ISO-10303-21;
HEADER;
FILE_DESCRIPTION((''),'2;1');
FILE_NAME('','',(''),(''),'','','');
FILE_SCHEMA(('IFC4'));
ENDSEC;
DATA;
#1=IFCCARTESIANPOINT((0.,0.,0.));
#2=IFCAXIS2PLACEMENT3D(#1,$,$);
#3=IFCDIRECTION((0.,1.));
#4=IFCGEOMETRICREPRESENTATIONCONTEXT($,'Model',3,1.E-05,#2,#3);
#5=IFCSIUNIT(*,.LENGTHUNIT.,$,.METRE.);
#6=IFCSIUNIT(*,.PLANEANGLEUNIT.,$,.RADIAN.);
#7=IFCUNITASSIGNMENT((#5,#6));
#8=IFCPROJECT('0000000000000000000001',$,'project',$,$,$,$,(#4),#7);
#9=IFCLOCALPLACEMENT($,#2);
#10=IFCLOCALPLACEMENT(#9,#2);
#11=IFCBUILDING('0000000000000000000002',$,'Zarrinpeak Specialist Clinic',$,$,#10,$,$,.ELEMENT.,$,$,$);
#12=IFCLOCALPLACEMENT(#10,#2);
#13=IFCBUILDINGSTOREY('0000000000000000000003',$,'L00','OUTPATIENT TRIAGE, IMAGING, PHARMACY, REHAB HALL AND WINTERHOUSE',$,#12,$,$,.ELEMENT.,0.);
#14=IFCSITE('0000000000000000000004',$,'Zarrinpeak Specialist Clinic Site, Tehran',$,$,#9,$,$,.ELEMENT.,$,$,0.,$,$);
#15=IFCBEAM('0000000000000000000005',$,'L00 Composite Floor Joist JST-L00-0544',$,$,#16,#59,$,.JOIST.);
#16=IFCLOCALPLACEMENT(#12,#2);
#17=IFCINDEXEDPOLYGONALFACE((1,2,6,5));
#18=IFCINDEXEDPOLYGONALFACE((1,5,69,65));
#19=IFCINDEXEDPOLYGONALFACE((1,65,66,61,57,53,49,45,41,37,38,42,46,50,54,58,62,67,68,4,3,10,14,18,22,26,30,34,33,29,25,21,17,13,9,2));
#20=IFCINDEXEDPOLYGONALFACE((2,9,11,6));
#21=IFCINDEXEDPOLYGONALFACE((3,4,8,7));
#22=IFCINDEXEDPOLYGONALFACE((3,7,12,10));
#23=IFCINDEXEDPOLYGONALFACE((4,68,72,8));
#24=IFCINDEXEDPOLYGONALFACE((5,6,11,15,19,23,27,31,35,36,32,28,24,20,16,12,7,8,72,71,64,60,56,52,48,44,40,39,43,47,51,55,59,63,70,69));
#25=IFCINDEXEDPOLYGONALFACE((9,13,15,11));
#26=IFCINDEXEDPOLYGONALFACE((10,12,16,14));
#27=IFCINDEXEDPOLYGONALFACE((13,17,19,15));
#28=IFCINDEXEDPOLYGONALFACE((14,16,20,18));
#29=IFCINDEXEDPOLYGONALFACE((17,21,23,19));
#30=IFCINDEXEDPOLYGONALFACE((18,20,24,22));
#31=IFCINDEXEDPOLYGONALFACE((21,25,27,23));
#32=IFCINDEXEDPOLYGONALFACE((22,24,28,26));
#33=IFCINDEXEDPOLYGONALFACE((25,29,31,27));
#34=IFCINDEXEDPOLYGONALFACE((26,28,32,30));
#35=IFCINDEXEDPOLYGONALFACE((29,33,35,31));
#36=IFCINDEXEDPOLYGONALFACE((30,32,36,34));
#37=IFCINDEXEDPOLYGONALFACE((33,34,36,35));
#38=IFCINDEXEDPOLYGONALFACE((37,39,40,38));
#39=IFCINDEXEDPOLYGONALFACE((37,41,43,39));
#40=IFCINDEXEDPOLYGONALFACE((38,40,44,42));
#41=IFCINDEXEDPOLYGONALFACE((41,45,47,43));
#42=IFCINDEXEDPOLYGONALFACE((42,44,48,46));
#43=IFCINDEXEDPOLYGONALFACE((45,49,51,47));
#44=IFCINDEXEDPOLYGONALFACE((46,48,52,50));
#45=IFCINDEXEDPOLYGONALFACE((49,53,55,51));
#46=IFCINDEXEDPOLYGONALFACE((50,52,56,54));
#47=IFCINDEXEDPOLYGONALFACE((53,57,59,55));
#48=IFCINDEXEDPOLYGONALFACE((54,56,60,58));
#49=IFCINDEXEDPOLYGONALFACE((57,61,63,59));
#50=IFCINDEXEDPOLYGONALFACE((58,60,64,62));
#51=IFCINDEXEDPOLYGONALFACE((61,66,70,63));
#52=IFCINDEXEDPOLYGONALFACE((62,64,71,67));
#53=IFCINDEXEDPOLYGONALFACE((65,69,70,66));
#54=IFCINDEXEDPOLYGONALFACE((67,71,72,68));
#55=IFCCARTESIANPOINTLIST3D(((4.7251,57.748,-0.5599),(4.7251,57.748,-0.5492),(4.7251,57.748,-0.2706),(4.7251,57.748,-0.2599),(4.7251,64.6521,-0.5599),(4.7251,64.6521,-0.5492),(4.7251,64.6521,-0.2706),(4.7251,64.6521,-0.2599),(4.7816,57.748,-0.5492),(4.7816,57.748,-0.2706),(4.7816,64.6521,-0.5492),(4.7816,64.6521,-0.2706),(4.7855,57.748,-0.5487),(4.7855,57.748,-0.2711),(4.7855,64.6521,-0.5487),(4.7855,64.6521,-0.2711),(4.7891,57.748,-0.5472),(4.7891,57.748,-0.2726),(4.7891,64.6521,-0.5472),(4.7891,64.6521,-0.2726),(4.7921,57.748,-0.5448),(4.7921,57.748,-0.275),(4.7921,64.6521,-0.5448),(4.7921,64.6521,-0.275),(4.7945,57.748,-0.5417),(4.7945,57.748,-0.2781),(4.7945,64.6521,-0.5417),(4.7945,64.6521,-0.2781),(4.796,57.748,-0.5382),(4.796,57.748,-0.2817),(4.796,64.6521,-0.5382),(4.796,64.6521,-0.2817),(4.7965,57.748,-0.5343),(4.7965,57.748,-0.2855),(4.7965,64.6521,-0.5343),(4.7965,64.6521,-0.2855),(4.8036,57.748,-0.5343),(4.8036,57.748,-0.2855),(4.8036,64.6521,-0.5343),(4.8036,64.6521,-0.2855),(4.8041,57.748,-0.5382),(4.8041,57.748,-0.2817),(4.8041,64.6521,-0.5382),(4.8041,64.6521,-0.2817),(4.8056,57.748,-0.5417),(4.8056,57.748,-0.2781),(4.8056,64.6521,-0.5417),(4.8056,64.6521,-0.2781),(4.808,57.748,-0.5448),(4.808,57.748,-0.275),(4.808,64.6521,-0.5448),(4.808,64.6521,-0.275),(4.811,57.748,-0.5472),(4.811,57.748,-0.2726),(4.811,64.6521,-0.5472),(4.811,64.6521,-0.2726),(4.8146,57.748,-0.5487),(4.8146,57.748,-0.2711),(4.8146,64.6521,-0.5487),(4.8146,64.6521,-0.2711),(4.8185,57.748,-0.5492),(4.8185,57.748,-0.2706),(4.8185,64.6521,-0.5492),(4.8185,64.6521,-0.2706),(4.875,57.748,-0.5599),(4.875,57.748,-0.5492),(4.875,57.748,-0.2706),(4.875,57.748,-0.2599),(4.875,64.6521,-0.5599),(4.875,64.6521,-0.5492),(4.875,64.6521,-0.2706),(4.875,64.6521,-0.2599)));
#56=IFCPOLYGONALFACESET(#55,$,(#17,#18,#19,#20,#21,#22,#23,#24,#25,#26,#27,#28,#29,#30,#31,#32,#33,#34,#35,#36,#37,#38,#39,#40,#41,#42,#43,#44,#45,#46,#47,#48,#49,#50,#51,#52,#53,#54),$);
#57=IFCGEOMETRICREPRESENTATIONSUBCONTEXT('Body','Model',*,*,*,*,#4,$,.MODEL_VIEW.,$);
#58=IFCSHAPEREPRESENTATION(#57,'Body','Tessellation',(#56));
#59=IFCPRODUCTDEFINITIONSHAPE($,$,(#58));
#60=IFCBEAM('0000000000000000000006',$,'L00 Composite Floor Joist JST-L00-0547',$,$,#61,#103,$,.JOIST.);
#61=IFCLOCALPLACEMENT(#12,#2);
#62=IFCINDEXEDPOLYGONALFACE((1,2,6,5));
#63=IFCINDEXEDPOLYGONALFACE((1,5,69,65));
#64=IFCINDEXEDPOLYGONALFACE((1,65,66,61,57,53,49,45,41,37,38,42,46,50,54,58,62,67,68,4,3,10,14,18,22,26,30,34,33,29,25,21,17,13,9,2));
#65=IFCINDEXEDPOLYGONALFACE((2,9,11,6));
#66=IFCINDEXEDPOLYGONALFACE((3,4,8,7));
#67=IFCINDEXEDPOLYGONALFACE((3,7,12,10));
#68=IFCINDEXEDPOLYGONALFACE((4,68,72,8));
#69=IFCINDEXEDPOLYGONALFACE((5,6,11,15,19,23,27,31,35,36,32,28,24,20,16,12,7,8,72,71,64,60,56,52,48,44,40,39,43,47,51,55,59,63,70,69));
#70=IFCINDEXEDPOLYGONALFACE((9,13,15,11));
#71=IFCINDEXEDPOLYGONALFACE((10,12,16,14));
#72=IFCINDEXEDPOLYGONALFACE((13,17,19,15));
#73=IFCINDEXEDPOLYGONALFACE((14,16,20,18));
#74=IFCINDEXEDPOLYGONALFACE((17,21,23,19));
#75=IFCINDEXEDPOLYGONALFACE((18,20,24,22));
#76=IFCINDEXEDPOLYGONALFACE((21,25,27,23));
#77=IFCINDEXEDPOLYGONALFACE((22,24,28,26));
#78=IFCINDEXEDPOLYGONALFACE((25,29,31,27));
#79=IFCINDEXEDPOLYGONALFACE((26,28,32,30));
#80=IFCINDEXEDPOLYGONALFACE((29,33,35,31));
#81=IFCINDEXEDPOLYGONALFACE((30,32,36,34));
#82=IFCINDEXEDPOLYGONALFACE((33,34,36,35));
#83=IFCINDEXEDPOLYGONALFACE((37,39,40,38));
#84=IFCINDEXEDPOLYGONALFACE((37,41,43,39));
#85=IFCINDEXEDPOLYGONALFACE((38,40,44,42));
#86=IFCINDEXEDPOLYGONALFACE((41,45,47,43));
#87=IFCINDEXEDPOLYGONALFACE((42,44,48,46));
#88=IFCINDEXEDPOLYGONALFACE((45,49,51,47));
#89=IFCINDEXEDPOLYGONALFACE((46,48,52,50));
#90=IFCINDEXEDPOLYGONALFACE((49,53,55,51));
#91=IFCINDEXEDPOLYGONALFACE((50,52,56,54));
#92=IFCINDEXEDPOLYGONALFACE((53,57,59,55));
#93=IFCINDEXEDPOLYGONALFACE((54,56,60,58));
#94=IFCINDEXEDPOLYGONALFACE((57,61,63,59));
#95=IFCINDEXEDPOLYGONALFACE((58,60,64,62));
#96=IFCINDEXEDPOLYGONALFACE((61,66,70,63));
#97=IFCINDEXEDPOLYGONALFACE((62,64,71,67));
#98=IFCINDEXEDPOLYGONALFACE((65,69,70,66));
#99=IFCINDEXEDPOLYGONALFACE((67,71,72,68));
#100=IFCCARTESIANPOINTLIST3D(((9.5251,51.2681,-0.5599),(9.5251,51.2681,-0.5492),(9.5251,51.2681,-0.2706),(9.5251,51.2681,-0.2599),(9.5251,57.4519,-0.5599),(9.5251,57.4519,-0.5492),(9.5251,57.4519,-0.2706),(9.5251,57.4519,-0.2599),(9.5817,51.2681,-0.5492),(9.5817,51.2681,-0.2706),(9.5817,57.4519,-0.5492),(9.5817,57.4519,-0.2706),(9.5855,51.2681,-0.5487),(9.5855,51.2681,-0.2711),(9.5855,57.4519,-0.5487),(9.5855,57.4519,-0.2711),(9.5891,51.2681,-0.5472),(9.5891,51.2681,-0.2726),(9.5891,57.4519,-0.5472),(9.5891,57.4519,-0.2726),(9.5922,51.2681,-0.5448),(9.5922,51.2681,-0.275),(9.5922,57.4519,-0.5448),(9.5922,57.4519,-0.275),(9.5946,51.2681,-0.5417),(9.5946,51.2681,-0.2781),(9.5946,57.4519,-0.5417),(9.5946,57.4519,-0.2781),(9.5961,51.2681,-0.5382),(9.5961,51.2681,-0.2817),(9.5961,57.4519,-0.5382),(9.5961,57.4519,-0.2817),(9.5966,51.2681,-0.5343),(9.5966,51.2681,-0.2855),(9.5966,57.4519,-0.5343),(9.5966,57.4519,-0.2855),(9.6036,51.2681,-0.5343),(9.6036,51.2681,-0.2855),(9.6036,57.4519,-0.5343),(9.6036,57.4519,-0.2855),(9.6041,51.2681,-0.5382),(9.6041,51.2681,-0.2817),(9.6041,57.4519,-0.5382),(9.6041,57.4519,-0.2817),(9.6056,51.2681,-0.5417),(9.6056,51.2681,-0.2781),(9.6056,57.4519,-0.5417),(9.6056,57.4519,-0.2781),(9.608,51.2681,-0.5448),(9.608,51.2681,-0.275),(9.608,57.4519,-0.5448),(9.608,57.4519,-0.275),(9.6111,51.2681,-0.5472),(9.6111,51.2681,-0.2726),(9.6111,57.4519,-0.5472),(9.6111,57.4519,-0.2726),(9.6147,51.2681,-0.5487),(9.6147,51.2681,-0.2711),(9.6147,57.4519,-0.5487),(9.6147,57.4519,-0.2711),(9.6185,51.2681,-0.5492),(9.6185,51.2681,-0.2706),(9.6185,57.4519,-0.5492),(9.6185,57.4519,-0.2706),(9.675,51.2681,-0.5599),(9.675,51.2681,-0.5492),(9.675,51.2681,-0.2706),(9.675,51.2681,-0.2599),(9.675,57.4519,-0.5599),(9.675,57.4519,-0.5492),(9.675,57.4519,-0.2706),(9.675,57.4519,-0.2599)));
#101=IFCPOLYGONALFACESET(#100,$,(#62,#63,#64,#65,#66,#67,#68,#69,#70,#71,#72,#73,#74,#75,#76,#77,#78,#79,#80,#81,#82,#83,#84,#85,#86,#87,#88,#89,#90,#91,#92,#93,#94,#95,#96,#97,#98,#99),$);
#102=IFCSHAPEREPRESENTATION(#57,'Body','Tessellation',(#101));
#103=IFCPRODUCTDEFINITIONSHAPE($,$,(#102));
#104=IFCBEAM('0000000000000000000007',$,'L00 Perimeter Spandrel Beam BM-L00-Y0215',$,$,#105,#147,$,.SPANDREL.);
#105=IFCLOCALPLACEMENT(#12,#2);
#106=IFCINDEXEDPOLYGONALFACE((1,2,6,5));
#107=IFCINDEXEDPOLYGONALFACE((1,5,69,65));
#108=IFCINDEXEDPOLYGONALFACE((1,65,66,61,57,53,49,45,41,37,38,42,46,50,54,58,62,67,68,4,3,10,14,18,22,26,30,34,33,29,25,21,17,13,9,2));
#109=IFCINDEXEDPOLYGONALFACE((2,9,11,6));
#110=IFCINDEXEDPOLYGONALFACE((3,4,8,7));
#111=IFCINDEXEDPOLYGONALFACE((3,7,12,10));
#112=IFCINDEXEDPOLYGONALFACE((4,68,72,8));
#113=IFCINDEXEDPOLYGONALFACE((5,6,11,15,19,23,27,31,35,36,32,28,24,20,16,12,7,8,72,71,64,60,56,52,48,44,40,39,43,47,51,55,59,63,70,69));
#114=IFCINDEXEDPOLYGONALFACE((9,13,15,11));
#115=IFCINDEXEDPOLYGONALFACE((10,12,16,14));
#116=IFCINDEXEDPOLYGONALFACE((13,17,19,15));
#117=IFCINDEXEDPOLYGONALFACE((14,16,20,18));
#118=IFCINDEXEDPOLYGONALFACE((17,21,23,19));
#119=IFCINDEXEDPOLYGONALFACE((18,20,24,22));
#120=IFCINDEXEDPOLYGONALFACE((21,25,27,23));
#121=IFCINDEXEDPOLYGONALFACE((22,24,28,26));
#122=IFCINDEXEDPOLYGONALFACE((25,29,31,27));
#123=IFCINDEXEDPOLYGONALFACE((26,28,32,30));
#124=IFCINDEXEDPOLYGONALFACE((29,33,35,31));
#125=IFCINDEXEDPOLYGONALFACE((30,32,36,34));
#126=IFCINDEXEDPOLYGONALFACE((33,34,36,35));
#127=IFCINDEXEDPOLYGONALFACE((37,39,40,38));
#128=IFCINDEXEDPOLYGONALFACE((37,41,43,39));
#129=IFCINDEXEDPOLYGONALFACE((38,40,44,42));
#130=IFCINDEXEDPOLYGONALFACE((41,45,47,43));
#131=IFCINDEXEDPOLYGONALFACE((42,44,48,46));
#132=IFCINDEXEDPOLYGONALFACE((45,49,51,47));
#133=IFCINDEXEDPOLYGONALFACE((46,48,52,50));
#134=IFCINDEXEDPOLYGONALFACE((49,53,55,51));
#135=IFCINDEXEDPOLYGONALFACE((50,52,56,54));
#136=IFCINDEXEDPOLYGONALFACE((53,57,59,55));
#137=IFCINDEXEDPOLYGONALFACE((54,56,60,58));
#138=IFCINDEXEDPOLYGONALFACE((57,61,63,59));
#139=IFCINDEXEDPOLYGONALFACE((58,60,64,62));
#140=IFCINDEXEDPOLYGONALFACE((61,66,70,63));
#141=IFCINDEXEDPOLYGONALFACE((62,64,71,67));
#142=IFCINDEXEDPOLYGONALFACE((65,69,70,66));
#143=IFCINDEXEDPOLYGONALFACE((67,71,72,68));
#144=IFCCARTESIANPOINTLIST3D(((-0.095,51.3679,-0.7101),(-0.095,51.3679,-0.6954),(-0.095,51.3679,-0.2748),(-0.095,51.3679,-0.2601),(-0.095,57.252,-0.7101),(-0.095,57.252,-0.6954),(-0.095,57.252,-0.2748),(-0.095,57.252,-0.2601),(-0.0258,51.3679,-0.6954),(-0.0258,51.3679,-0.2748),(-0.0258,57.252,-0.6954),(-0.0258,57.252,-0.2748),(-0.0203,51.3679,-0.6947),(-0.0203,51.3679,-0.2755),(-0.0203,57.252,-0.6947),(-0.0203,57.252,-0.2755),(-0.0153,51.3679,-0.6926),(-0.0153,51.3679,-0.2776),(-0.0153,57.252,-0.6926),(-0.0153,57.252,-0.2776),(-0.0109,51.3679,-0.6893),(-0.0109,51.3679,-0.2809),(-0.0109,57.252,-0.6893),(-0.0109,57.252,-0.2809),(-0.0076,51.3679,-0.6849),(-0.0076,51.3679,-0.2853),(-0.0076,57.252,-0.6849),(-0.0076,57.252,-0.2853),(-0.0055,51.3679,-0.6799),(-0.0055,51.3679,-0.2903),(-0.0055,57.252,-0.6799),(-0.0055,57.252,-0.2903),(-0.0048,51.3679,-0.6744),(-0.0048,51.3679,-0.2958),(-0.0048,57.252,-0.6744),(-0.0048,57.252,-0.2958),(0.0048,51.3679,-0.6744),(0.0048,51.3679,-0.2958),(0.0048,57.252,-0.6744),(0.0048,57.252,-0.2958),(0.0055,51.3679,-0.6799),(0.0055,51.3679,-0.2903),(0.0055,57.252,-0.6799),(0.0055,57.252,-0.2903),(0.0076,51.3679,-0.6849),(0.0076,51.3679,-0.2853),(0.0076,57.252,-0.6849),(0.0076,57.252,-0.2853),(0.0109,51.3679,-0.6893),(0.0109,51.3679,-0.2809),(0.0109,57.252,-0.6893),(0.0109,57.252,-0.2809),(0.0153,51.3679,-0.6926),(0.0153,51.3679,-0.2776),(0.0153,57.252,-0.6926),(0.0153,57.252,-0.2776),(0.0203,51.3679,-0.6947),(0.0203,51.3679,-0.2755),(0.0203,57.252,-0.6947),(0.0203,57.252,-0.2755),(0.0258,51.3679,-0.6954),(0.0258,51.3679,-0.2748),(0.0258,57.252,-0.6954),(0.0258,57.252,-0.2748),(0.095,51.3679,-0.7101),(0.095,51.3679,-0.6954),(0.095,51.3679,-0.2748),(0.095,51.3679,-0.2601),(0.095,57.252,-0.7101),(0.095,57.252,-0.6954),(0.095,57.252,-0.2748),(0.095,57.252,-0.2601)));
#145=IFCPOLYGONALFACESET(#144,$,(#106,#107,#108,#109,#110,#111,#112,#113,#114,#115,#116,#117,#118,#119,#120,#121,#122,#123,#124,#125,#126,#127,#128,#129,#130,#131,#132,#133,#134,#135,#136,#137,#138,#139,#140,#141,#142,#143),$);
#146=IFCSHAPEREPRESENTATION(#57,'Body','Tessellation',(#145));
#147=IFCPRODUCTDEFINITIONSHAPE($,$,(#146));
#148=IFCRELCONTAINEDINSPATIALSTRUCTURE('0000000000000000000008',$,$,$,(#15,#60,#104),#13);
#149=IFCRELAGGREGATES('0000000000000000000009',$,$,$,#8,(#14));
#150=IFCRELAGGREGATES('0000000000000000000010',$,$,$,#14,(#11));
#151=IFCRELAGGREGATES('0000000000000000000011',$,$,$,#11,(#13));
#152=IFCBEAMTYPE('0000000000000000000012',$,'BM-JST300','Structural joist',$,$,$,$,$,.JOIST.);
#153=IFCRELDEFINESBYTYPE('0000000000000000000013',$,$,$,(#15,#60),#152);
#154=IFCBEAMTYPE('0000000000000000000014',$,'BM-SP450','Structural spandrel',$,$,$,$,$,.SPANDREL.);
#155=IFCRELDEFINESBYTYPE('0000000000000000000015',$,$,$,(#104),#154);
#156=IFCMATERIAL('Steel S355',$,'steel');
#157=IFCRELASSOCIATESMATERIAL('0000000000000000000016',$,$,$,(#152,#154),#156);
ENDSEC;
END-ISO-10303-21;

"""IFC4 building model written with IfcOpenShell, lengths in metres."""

from ifc_helpers import new_model, si_unit, direction, frame, origin, origin_2d, place, context, subcontext, project, spatial, i_section, extrude, material, material_profile, profile_set, type_object, element, save


model = new_model("IFC4")

# Units and contexts
model_context = context("Model", 3, precision=1e-05, world=origin(), true_north=direction((0.0, 1.0)))
body_context = subcontext(model_context, "Body", "Model", "MODEL_VIEW")
ifc_project = project(units=[si_unit("LENGTHUNIT", "METRE"), si_unit("PLANEANGLEUNIT", "RADIAN")], contexts=[model_context])

# Site, building, storey
site_placement = place(None, origin())
site = spatial("IfcSite", under=ifc_project, at=site_placement, Name="Zarrinpeak Specialist Clinic Site, Tehran", CompositionType="ELEMENT", RefElevation=0.0)
building_placement = place(site_placement, origin())
building = spatial("IfcBuilding", under=site, at=building_placement, Name="Zarrinpeak Specialist Clinic", CompositionType="ELEMENT")
storey_placement = place(building_placement, origin())
storey = spatial("IfcBuildingStorey", under=building, at=storey_placement, Name="L00", Description="OUTPATIENT TRIAGE, IMAGING, PHARMACY, REHAB HALL AND WINTERHOUSE", CompositionType="ELEMENT", Elevation=0.0)

# Shared definitions
ifc_material_1 = material(Name="Steel S355", Category="steel")

# Beams
ifc_material_profile_1 = material_profile(ifc_material_1, i_section(OverallWidth=0.1499, OverallDepth=0.3, WebThickness=0.0071, FlangeThickness=0.0107, FilletRadius=0.0149, at=origin_2d()), Name="IPE 300")
ifc_profile_set_1 = profile_set([ifc_material_profile_1], Name="Steel S355")
beam_type_1 = type_object("IfcBeamType", Name="BM-JST300", Description="Structural joist", PredefinedType="JOIST", material=ifc_profile_set_1)
for number, where, z_axis, x_axis, name in (
    (1, (4.8, 57.748, -0.4099), (0.0, 1.0, 0.0), (-1.0, 0.0, 0.0), "L00 Composite Floor Joist JST-L00-0544"),
):
    element("IfcBeam", number, at=place(storey_placement, frame(where, z_axis=z_axis, x_axis=x_axis)), inside=storey, type_object=beam_type_1, Name=name, PredefinedType="JOIST", context=body_context, shape_type="SweptSolid", body=[
        extrude(i_section(OverallWidth=0.1499, OverallDepth=0.3, WebThickness=0.0071, FlangeThickness=0.0107, FilletRadius=0.0149, at=origin_2d()), origin(), (0.0, 0.0, 1.0), 6.9041),
    ])
beam_1_placement = place(storey_placement, frame((9.6001, 51.2681, -0.4099), z_axis=(0.0, 1.0, 0.0), x_axis=(-1.0, 0.0, 0.0)))
element("IfcBeam", 2, at=beam_1_placement, inside=storey, type_object=beam_type_1, Name="L00 Composite Floor Joist JST-L00-0547", PredefinedType="JOIST", context=body_context, shape_type="SweptSolid", body=[
    extrude(i_section(OverallWidth=0.1499, OverallDepth=0.3, WebThickness=0.0071, FlangeThickness=0.0107, FilletRadius=0.0149, at=origin_2d()), origin(), (0.0, 0.0, 1.0), 6.1838),
])
ifc_material_profile_2 = material_profile(ifc_material_1, i_section(OverallWidth=0.1899, OverallDepth=0.45, WebThickness=0.0095, FlangeThickness=0.0146, FilletRadius=0.021, at=origin_2d()), Name="IPE 450")
ifc_profile_set_2 = profile_set([ifc_material_profile_2], Name="Steel S355")
beam_type_2 = type_object("IfcBeamType", Name="BM-SP450", Description="Structural spandrel", PredefinedType="SPANDREL", material=ifc_profile_set_2)
beam_2_placement = place(storey_placement, frame((0.0, 51.3679, -0.4851), z_axis=(0.0, 1.0, 0.0), x_axis=(-1.0, 0.0, 0.0)))
element("IfcBeam", 3, at=beam_2_placement, inside=storey, type_object=beam_type_2, Name="L00 Perimeter Spandrel Beam BM-L00-Y0215", PredefinedType="SPANDREL", context=body_context, shape_type="SweptSolid", body=[
    extrude(i_section(OverallWidth=0.1899, OverallDepth=0.45, WebThickness=0.0095, FlangeThickness=0.0146, FilletRadius=0.021, at=origin_2d()), origin(), (0.0, 0.0, 1.0), 5.884),
])

save(model, "model.ifc")
